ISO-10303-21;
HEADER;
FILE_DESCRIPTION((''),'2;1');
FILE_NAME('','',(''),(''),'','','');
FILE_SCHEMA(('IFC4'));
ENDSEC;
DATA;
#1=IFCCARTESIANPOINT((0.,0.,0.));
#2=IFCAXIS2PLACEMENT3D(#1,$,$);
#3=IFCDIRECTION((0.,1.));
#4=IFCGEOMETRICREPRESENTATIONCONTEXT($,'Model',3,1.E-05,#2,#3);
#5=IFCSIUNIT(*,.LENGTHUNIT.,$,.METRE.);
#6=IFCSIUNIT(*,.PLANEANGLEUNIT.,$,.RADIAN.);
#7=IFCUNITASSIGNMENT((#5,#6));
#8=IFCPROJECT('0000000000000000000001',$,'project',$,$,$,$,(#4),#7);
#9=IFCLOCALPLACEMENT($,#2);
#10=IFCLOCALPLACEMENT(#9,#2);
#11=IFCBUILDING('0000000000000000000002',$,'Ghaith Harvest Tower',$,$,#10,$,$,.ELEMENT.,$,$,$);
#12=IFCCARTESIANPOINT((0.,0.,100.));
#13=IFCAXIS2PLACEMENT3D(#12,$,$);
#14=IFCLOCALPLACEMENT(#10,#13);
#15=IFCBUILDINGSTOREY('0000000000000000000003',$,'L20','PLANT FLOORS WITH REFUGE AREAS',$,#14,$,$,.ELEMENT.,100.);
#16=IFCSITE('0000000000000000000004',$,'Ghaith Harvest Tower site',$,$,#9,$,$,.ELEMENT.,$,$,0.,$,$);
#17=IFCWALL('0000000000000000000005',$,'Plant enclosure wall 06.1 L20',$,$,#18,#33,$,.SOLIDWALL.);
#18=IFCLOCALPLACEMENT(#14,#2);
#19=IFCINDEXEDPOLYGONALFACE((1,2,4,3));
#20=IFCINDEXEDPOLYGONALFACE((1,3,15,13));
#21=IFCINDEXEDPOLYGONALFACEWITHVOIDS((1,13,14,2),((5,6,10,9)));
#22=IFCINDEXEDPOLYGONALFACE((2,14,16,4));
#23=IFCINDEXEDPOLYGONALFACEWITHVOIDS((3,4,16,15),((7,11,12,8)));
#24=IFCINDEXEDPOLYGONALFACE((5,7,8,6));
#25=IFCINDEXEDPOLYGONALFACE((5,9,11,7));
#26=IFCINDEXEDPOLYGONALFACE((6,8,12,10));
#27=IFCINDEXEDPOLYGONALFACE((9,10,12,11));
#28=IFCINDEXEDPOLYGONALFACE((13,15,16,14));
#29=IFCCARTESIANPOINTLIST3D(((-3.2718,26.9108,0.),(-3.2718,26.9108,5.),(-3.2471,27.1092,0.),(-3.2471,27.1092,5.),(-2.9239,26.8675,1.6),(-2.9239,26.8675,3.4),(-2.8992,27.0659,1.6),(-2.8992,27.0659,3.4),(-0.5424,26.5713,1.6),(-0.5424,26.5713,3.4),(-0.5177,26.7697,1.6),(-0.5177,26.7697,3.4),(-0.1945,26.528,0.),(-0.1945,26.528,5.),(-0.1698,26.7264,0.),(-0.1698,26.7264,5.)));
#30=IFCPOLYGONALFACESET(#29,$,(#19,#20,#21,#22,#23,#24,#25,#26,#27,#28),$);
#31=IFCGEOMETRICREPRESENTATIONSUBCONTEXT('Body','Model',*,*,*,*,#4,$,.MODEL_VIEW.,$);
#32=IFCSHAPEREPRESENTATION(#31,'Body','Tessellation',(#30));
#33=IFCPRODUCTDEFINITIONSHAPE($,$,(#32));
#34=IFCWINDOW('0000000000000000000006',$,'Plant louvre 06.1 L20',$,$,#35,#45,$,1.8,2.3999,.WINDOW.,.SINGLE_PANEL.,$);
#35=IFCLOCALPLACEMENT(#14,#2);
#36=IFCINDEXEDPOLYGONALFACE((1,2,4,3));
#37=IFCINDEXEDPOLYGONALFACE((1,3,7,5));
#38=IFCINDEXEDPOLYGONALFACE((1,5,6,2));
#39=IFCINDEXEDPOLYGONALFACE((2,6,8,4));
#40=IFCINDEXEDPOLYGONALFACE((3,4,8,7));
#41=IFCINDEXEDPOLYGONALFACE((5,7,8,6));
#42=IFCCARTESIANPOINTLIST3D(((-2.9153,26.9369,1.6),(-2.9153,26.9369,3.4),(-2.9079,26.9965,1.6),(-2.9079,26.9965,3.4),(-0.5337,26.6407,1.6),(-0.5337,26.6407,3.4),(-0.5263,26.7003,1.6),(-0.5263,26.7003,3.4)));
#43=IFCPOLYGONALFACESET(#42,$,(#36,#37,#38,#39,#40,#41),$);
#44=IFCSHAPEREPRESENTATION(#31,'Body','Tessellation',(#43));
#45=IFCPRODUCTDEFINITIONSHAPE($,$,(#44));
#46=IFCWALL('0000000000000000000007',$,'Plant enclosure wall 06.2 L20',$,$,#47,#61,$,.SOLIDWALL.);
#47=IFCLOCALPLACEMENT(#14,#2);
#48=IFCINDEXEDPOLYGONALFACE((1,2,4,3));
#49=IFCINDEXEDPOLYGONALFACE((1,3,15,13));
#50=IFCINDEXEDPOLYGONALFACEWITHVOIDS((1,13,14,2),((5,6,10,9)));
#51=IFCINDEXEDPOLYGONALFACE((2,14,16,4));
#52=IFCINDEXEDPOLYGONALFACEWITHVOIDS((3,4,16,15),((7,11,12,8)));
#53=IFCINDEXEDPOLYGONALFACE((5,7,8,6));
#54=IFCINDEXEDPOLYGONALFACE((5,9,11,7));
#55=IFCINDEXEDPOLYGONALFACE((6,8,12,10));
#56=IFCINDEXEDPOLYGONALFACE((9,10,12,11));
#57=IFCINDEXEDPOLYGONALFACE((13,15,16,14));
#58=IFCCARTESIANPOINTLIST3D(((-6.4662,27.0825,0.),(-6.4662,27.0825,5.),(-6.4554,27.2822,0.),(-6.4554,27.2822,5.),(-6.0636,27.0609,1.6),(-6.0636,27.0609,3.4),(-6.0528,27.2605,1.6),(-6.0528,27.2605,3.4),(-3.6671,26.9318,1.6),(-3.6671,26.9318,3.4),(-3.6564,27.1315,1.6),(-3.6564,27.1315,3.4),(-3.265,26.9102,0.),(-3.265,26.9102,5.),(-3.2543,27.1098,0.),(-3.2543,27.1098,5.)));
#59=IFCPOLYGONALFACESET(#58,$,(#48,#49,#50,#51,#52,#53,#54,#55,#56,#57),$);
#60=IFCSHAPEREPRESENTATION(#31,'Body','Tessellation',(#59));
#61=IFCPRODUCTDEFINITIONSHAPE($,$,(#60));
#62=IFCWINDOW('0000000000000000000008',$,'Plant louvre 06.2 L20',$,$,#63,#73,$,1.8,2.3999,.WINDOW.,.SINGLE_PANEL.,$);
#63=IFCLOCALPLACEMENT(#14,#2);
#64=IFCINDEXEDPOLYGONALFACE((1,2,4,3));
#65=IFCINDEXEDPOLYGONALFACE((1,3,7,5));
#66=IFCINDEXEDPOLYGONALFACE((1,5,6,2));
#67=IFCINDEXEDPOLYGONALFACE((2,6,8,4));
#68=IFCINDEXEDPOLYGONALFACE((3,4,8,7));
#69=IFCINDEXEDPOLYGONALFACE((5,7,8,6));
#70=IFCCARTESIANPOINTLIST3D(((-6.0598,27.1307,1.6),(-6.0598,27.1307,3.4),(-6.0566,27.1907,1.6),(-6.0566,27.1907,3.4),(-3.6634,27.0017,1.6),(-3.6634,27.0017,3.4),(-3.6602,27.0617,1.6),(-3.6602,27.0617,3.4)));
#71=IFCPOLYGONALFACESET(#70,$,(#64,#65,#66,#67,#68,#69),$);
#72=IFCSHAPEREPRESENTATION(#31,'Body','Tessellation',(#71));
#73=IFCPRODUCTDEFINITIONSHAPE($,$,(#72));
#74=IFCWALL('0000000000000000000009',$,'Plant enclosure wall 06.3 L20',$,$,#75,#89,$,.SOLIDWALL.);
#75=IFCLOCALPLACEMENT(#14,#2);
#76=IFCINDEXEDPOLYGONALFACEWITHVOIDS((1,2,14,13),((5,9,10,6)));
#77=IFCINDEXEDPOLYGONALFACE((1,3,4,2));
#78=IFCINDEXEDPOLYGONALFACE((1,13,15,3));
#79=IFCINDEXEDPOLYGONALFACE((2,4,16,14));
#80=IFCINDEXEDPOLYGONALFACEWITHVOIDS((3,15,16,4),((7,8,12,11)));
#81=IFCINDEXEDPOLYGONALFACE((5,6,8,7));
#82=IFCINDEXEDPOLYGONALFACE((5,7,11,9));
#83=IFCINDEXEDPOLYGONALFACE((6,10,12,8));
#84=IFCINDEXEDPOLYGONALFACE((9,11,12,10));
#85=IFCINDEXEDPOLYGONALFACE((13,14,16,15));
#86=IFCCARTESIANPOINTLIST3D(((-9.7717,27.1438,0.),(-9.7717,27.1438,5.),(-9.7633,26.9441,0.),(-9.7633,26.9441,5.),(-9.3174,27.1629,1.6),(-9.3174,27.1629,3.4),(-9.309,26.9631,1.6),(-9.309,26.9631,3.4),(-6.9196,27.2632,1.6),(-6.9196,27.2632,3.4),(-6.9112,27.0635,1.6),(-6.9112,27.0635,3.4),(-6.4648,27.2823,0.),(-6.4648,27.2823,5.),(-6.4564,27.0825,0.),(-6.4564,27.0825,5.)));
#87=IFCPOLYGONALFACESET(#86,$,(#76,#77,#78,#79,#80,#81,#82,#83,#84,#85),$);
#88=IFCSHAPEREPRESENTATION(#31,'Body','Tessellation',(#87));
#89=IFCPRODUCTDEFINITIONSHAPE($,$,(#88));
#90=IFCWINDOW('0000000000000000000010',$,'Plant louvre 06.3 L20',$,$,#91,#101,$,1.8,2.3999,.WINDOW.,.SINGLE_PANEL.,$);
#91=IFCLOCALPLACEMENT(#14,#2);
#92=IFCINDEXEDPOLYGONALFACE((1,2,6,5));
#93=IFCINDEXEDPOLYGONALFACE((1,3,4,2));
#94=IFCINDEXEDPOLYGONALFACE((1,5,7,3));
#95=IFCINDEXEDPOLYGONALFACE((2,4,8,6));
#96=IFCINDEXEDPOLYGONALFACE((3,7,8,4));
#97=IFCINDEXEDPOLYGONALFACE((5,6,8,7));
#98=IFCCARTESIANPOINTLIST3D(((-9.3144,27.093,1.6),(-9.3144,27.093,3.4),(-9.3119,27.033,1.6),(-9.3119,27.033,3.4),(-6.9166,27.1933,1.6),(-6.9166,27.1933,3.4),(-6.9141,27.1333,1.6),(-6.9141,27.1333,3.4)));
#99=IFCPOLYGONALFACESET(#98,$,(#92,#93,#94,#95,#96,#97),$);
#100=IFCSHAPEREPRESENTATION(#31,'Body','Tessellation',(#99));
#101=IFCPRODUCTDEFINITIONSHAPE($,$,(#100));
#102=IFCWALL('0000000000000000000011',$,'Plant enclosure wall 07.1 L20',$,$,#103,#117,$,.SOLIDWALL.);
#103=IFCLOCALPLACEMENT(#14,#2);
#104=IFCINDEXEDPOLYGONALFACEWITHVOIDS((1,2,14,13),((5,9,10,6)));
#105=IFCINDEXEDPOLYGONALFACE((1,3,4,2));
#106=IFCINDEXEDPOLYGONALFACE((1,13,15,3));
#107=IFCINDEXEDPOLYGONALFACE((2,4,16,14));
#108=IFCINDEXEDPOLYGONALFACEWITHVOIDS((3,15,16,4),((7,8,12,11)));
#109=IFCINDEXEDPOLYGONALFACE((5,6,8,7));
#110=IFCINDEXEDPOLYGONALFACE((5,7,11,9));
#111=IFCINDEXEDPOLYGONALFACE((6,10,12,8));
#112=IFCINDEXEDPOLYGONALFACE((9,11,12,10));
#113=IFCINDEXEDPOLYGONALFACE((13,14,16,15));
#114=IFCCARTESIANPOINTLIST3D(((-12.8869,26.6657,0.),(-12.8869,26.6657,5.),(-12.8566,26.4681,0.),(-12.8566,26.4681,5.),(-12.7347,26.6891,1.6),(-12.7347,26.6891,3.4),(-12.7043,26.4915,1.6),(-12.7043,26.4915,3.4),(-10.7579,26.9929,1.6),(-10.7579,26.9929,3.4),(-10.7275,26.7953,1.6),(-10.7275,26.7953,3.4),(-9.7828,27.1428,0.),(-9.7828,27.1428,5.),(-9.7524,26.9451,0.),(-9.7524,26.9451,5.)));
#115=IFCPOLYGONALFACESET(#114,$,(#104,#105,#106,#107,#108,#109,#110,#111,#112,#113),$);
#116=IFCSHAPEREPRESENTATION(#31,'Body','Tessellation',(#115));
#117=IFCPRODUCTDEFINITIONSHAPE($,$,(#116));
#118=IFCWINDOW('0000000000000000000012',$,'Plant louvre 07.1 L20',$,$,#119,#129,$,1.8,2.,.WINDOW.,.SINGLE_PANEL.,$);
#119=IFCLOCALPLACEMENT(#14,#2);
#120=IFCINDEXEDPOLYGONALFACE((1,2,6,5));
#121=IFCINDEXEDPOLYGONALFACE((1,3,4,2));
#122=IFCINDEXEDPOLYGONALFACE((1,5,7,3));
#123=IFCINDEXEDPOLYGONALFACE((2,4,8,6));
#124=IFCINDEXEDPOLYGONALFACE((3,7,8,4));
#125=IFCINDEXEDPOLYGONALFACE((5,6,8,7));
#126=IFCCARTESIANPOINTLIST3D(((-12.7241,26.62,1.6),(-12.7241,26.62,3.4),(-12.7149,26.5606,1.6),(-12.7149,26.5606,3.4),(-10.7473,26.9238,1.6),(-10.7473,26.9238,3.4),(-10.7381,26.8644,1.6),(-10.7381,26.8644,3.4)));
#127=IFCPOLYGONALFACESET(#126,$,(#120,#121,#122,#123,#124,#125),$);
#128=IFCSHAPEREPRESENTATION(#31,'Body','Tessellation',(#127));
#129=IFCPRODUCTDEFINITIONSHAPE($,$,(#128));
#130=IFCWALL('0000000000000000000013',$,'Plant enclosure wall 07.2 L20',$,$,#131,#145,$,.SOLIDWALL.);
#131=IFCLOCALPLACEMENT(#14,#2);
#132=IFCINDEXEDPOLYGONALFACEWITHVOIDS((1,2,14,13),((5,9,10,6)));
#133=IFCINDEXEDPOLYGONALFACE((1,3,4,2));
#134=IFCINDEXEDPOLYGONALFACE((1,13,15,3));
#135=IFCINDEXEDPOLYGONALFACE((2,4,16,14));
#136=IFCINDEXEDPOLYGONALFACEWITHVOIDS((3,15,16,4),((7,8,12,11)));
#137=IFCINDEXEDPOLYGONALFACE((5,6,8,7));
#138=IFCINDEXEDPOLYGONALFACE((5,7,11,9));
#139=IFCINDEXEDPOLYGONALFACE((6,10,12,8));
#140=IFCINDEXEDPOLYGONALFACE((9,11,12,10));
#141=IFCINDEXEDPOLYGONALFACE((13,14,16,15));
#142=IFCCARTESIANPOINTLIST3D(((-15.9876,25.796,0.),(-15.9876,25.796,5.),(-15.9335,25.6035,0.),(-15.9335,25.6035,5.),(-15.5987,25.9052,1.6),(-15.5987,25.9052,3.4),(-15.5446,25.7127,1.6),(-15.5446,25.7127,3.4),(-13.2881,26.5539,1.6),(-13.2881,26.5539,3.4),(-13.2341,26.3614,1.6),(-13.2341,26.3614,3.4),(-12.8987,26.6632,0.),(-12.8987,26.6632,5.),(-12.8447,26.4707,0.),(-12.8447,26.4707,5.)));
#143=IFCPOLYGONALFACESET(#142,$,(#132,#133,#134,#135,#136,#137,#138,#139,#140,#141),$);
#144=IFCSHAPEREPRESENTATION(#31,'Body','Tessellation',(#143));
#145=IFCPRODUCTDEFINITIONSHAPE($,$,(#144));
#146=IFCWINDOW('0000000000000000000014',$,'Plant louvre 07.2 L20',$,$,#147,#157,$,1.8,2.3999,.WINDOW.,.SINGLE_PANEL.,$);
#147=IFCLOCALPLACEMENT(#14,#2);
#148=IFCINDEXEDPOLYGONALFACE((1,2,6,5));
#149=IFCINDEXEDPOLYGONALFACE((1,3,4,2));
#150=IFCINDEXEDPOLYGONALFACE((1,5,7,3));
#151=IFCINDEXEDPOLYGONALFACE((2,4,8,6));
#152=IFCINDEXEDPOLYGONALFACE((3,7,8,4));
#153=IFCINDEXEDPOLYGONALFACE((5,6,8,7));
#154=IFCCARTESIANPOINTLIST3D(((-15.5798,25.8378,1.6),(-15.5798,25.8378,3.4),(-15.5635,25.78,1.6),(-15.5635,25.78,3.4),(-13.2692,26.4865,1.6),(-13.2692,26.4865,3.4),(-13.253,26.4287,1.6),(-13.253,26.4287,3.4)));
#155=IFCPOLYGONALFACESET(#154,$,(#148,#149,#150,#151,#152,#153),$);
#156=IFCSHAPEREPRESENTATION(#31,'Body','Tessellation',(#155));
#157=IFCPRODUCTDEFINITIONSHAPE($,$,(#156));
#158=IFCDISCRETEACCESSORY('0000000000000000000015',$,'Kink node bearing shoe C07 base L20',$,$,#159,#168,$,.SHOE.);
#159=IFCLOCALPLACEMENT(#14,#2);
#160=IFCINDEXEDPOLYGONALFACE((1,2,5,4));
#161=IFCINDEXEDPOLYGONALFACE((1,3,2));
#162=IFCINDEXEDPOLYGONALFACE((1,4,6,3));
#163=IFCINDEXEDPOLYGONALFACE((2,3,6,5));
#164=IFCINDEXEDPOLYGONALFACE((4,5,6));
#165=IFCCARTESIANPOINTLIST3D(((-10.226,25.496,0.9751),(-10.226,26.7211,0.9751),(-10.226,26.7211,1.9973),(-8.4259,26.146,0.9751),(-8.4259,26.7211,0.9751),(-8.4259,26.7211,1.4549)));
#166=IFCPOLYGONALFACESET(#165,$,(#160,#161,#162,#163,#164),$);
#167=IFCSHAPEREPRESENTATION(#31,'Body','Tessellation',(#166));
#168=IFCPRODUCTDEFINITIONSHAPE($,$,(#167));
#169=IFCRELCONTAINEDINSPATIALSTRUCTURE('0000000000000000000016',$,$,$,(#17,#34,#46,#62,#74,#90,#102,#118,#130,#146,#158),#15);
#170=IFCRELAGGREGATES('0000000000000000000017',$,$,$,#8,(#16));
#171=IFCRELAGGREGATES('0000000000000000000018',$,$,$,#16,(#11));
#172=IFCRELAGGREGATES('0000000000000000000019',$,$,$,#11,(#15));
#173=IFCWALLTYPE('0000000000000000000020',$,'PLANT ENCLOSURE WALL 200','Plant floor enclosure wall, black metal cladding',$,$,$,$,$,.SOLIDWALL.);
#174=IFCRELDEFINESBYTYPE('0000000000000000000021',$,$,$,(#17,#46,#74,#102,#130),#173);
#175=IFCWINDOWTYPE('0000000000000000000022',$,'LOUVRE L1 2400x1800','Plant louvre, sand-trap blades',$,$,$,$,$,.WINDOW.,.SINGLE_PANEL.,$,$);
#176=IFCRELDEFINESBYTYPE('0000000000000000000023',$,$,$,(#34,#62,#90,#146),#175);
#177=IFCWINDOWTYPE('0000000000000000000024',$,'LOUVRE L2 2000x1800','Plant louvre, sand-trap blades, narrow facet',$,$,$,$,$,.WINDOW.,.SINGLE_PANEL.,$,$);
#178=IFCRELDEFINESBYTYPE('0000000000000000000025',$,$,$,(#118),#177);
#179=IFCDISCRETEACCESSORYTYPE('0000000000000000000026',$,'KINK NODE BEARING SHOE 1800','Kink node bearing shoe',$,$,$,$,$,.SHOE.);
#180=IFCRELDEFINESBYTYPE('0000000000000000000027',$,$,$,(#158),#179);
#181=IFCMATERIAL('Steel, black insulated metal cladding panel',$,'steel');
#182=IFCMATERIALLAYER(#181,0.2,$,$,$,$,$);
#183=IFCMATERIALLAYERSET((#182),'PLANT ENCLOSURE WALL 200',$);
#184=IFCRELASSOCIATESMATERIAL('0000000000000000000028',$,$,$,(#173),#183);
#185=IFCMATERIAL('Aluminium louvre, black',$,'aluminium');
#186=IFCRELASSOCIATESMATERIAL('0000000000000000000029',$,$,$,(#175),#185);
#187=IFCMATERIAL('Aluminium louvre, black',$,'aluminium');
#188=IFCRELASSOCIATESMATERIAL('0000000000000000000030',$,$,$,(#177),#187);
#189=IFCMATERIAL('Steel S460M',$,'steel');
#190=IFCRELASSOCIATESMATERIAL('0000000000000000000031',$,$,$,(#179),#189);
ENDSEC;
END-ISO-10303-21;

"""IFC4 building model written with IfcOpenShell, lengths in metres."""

from ifc_helpers import new_model, si_unit, direction, frame, frame_2d, origin, origin_2d, place, context, subcontext, project, spatial, rectangle, extrude, clip, halfspace, material, layer, layer_set, material_profile, profile_set, type_object, element, fill, save


model = new_model("IFC4")

# Units and contexts
model_context = context("Model", 3, precision=1e-05, world=origin(), true_north=direction((0.0, 1.0)))
body_context = subcontext(model_context, "Body", "Model", "MODEL_VIEW")
ifc_project = project(units=[si_unit("LENGTHUNIT", "METRE"), si_unit("PLANEANGLEUNIT", "RADIAN")], contexts=[model_context])

# Site, building, storey
site_placement = place(None, origin())
site = spatial("IfcSite", under=ifc_project, at=site_placement, Name="Ghaith Harvest Tower site", CompositionType="ELEMENT", RefElevation=0.0)
building_placement = place(site_placement, origin())
building = spatial("IfcBuilding", under=site, at=building_placement, Name="Ghaith Harvest Tower", CompositionType="ELEMENT")
storey_placement = place(building_placement, frame((0.0, 0.0, 100.0)))
storey = spatial("IfcBuildingStorey", under=building, at=storey_placement, Name="L20", Description="PLANT FLOORS WITH REFUGE AREAS", CompositionType="ELEMENT", Elevation=100.0)

# Walls, openings, windows
ifc_material_1 = material(Name="Steel, black insulated metal cladding panel", Category="steel")
ifc_layer_1 = layer(ifc_material_1, 0.2)
ifc_layer_set_1 = layer_set([ifc_layer_1], Name="PLANT ENCLOSURE WALL 200")
wall_type = type_object("IfcWallType", Name="PLANT ENCLOSURE WALL 200", Description="Plant floor enclosure wall, black metal cladding", PredefinedType="SOLIDWALL", material=ifc_layer_set_1)
wall_1_placement = place(storey_placement, frame((-0.1821, 26.6272, 0.0), z_axis=(0.0, 0.0, 1.0), x_axis=(-0.992352, 0.123444, 0.0)))
wall_1 = element("IfcWall", 1, at=wall_1_placement, inside=storey, type_object=wall_type, Name="Plant enclosure wall 06.1 L20", PredefinedType="SOLIDWALL", context=body_context, shape_type="SweptSolid", body=[
    extrude(rectangle(XDim=3.1011, YDim=0.2, at=frame_2d((1.5505, 0.0))), origin(), (0.0, 0.0, 1.0), 5.0),
])
opening_1_placement = place(wall_1_placement, frame((0.3506, 0.0, 1.6001)))
opening_1 = element("IfcOpeningElement", 2, at=opening_1_placement, cuts=wall_1, PredefinedType="OPENING", context=body_context, shape_type="SweptSolid", body=[
    extrude(rectangle(XDim=2.3999, YDim=1.8, at=frame_2d((1.2, 0.8999))), frame((0.0, 0.1099, 0.0), z_axis=(0.0, -1.0, 0.0), x_axis=(1.0, 0.0, 0.0)), (0.0, 0.0, 1.0), 0.22),
])
ifc_material_2 = material(Name="Aluminium louvre, black", Category="aluminium")
window_type_1 = type_object("IfcWindowType", Name="LOUVRE L1 2400x1800", Description="Plant louvre, sand-trap blades", PartitioningType="SINGLE_PANEL", PredefinedType="WINDOW", material=ifc_material_2)
window_1_placement = place(opening_1_placement, origin())
window_1 = element("IfcWindow", 3, at=window_1_placement, inside=storey, type_object=window_type_1, Name="Plant louvre 06.1 L20", OverallHeight=1.8, OverallWidth=2.3999, PartitioningType="SINGLE_PANEL", PredefinedType="WINDOW", context=body_context, shape_type="SweptSolid", body=[
    extrude(rectangle(XDim=2.3999, YDim=1.8, at=frame_2d((1.2, 0.8999))), frame((0.0, 0.03, 0.0), z_axis=(0.0, -1.0, 0.0), x_axis=(1.0, 0.0, 0.0)), (0.0, 0.0, 1.0), 0.0601),
])
fill(opening_1, window_1)
wall_2_placement = place(storey_placement, frame((-3.2595, 27.01, 0.0), z_axis=(0.0, 0.0, 1.0), x_axis=(-0.998554, 0.053766, 0.0)))
wall_2 = element("IfcWall", 4, at=wall_2_placement, inside=storey, type_object=wall_type, Name="Plant enclosure wall 06.2 L20", PredefinedType="SOLIDWALL", context=body_context, shape_type="SweptSolid", body=[
    extrude(rectangle(XDim=3.2058, YDim=0.2, at=frame_2d((1.603, 0.0))), origin(), (0.0, 0.0, 1.0), 5.0),
])
opening_2_placement = place(wall_2_placement, frame((0.4028, 0.0, 1.6001)))
opening_2 = element("IfcOpeningElement", 5, at=opening_2_placement, cuts=wall_2, PredefinedType="OPENING", context=body_context, shape_type="SweptSolid", body=[
    extrude(rectangle(XDim=2.3999, YDim=1.8, at=frame_2d((1.2, 0.8999))), frame((0.0, 0.1099, 0.0), z_axis=(0.0, -1.0, 0.0), x_axis=(1.0, 0.0, 0.0)), (0.0, 0.0, 1.0), 0.22),
])
window_2_placement = place(opening_2_placement, origin())
window_2 = element("IfcWindow", 6, at=window_2_placement, inside=storey, type_object=window_type_1, Name="Plant louvre 06.2 L20", OverallHeight=1.8, OverallWidth=2.3999, PartitioningType="SINGLE_PANEL", PredefinedType="WINDOW", context=body_context, shape_type="SweptSolid", body=[
    extrude(rectangle(XDim=2.3999, YDim=1.8, at=frame_2d((1.2, 0.8999))), frame((0.0, 0.03, 0.0), z_axis=(0.0, -1.0, 0.0), x_axis=(1.0, 0.0, 0.0)), (0.0, 0.0, 1.0), 0.0601),
])
fill(opening_2, window_2)
wall_3_placement = place(storey_placement, frame((-6.4607, 27.1824, 0.0), z_axis=(0.0, 0.0, 1.0), x_axis=(-0.999125, -0.041824, 0.0)))
wall_3 = element("IfcWall", 7, at=wall_3_placement, inside=storey, type_object=wall_type, Name="Plant enclosure wall 06.3 L20", PredefinedType="SOLIDWALL", context=body_context, shape_type="SweptSolid", body=[
    extrude(rectangle(XDim=3.3098, YDim=0.2, at=frame_2d((1.6548, 0.0))), origin(), (0.0, 0.0, 1.0), 5.0),
])
opening_3_placement = place(wall_3_placement, frame((0.4551, 0.0, 1.6001)))
opening_3 = element("IfcOpeningElement", 8, at=opening_3_placement, cuts=wall_3, PredefinedType="OPENING", context=body_context, shape_type="SweptSolid", body=[
    extrude(rectangle(XDim=2.3999, YDim=1.8, at=frame_2d((1.2, 0.8999))), frame((0.0, 0.1099, 0.0), z_axis=(0.0, -1.0, 0.0), x_axis=(1.0, 0.0, 0.0)), (0.0, 0.0, 1.0), 0.22),
])
window_3_placement = place(opening_3_placement, origin())
window_3 = element("IfcWindow", 9, at=window_3_placement, inside=storey, type_object=window_type_1, Name="Plant louvre 06.3 L20", OverallHeight=1.8, OverallWidth=2.3999, PartitioningType="SINGLE_PANEL", PredefinedType="WINDOW", context=body_context, shape_type="SweptSolid", body=[
    extrude(rectangle(XDim=2.3999, YDim=1.8, at=frame_2d((1.2, 0.8999))), frame((0.0, 0.03, 0.0), z_axis=(0.0, -1.0, 0.0), x_axis=(1.0, 0.0, 0.0)), (0.0, 0.0, 1.0), 0.0601),
])
fill(opening_3, window_3)
wall_4_placement = place(storey_placement, frame((-9.7676, 27.0439, 0.0), z_axis=(0.0, 0.0, 1.0), x_axis=(-0.988397, -0.151894, 0.0)))
wall_4 = element("IfcWall", 10, at=wall_4_placement, inside=storey, type_object=wall_type, Name="Plant enclosure wall 07.1 L20", PredefinedType="SOLIDWALL", context=body_context, shape_type="SweptSolid", body=[
    extrude(rectangle(XDim=3.1406, YDim=0.2, at=frame_2d((1.5703, 0.0))), origin(), (0.0, 0.0, 1.0), 5.0),
])
opening_4_placement = place(wall_4_placement, frame((0.9866, 0.0, 1.6001)))
opening_4 = element("IfcOpeningElement", 11, at=opening_4_placement, cuts=wall_4, PredefinedType="OPENING", context=body_context, shape_type="SweptSolid", body=[
    extrude(rectangle(XDim=2.0, YDim=1.8, at=frame_2d((1.0, 0.8999))), frame((0.0, 0.1099, 0.0), z_axis=(0.0, -1.0, 0.0), x_axis=(1.0, 0.0, 0.0)), (0.0, 0.0, 1.0), 0.22),
])
ifc_material_3 = material(Name="Aluminium louvre, black", Category="aluminium")
window_type_2 = type_object("IfcWindowType", Name="LOUVRE L2 2000x1800", Description="Plant louvre, sand-trap blades, narrow facet", PartitioningType="SINGLE_PANEL", PredefinedType="WINDOW", material=ifc_material_3)
window_4_placement = place(opening_4_placement, origin())
window_4 = element("IfcWindow", 12, at=window_4_placement, inside=storey, type_object=window_type_2, Name="Plant louvre 07.1 L20", OverallHeight=1.8, OverallWidth=2.0, PartitioningType="SINGLE_PANEL", PredefinedType="WINDOW", context=body_context, shape_type="SweptSolid", body=[
    extrude(rectangle(XDim=2.0, YDim=1.8, at=frame_2d((1.0, 0.8999))), frame((0.0, 0.03, 0.0), z_axis=(0.0, -1.0, 0.0), x_axis=(1.0, 0.0, 0.0)), (0.0, 0.0, 1.0), 0.0601),
])
fill(opening_4, window_4)
wall_5_placement = place(storey_placement, frame((-12.8718, 26.5669, 0.0), z_axis=(0.0, 0.0, 1.0), x_axis=(-0.962777, -0.270296, 0.0)))
wall_5 = element("IfcWall", 13, at=wall_5_placement, inside=storey, type_object=wall_type, Name="Plant enclosure wall 07.2 L20", PredefinedType="SOLIDWALL", context=body_context, shape_type="SweptSolid", body=[
    extrude(rectangle(XDim=3.2083, YDim=0.2, at=frame_2d((1.604, 0.0))), origin(), (0.0, 0.0, 1.0), 5.0),
])
opening_5_placement = place(wall_5_placement, frame((0.4043, 0.0, 1.6001)))
opening_5 = element("IfcOpeningElement", 14, at=opening_5_placement, cuts=wall_5, PredefinedType="OPENING", context=body_context, shape_type="SweptSolid", body=[
    extrude(rectangle(XDim=2.3999, YDim=1.8, at=frame_2d((1.2, 0.8999))), frame((0.0, 0.1099, 0.0), z_axis=(0.0, -1.0, 0.0), x_axis=(1.0, 0.0, 0.0)), (0.0, 0.0, 1.0), 0.22),
])
window_5_placement = place(opening_5_placement, origin())
window_5 = element("IfcWindow", 15, at=window_5_placement, inside=storey, type_object=window_type_1, Name="Plant louvre 07.2 L20", OverallHeight=1.8, OverallWidth=2.3999, PartitioningType="SINGLE_PANEL", PredefinedType="WINDOW", context=body_context, shape_type="SweptSolid", body=[
    extrude(rectangle(XDim=2.3999, YDim=1.8, at=frame_2d((1.2, 0.8999))), frame((0.0, 0.03, 0.0), z_axis=(0.0, -1.0, 0.0), x_axis=(1.0, 0.0, 0.0)), (0.0, 0.0, 1.0), 0.0601),
])
fill(opening_5, window_5)

# Discrete accessory
ifc_material_4 = material(Name="Steel S460M", Category="steel")
ifc_material_profile_1 = material_profile(ifc_material_4, rectangle(XDim=1.8, YDim=1.8, at=origin_2d()), Name="KINK NODE BEARING SHOE 1800")
ifc_profile_set_1 = profile_set([ifc_material_profile_1], Name="Steel S460M")
discrete_accessory_type = type_object("IfcDiscreteAccessoryType", Name="KINK NODE BEARING SHOE 1800", Description="Kink node bearing shoe", PredefinedType="SHOE", material=ifc_profile_set_1)
discrete_accessory_placement = place(storey_placement, frame((-9.3259, 25.821, 0.9751), z_axis=(0.0, 0.0, 1.0), x_axis=(1.0, 0.0, 0.0)))
element("IfcDiscreteAccessory", 16, at=discrete_accessory_placement, inside=storey, type_object=discrete_accessory_type, Name="Kink node bearing shoe C07 base L20", PredefinedType="SHOE", context=body_context, shape_type="Clipping", body=[
    clip(extrude(rectangle(XDim=1.8, YDim=1.8, at=origin_2d()), origin(), (0.0, 0.0, 1.0), 1.032), halfspace(frame((0.0, 0.0, 0.0), z_axis=(0.225396, -0.624193, 0.748051), x_axis=(1.0, 0.0, 0.0)), False)),
])

save(model, "model.ifc")
